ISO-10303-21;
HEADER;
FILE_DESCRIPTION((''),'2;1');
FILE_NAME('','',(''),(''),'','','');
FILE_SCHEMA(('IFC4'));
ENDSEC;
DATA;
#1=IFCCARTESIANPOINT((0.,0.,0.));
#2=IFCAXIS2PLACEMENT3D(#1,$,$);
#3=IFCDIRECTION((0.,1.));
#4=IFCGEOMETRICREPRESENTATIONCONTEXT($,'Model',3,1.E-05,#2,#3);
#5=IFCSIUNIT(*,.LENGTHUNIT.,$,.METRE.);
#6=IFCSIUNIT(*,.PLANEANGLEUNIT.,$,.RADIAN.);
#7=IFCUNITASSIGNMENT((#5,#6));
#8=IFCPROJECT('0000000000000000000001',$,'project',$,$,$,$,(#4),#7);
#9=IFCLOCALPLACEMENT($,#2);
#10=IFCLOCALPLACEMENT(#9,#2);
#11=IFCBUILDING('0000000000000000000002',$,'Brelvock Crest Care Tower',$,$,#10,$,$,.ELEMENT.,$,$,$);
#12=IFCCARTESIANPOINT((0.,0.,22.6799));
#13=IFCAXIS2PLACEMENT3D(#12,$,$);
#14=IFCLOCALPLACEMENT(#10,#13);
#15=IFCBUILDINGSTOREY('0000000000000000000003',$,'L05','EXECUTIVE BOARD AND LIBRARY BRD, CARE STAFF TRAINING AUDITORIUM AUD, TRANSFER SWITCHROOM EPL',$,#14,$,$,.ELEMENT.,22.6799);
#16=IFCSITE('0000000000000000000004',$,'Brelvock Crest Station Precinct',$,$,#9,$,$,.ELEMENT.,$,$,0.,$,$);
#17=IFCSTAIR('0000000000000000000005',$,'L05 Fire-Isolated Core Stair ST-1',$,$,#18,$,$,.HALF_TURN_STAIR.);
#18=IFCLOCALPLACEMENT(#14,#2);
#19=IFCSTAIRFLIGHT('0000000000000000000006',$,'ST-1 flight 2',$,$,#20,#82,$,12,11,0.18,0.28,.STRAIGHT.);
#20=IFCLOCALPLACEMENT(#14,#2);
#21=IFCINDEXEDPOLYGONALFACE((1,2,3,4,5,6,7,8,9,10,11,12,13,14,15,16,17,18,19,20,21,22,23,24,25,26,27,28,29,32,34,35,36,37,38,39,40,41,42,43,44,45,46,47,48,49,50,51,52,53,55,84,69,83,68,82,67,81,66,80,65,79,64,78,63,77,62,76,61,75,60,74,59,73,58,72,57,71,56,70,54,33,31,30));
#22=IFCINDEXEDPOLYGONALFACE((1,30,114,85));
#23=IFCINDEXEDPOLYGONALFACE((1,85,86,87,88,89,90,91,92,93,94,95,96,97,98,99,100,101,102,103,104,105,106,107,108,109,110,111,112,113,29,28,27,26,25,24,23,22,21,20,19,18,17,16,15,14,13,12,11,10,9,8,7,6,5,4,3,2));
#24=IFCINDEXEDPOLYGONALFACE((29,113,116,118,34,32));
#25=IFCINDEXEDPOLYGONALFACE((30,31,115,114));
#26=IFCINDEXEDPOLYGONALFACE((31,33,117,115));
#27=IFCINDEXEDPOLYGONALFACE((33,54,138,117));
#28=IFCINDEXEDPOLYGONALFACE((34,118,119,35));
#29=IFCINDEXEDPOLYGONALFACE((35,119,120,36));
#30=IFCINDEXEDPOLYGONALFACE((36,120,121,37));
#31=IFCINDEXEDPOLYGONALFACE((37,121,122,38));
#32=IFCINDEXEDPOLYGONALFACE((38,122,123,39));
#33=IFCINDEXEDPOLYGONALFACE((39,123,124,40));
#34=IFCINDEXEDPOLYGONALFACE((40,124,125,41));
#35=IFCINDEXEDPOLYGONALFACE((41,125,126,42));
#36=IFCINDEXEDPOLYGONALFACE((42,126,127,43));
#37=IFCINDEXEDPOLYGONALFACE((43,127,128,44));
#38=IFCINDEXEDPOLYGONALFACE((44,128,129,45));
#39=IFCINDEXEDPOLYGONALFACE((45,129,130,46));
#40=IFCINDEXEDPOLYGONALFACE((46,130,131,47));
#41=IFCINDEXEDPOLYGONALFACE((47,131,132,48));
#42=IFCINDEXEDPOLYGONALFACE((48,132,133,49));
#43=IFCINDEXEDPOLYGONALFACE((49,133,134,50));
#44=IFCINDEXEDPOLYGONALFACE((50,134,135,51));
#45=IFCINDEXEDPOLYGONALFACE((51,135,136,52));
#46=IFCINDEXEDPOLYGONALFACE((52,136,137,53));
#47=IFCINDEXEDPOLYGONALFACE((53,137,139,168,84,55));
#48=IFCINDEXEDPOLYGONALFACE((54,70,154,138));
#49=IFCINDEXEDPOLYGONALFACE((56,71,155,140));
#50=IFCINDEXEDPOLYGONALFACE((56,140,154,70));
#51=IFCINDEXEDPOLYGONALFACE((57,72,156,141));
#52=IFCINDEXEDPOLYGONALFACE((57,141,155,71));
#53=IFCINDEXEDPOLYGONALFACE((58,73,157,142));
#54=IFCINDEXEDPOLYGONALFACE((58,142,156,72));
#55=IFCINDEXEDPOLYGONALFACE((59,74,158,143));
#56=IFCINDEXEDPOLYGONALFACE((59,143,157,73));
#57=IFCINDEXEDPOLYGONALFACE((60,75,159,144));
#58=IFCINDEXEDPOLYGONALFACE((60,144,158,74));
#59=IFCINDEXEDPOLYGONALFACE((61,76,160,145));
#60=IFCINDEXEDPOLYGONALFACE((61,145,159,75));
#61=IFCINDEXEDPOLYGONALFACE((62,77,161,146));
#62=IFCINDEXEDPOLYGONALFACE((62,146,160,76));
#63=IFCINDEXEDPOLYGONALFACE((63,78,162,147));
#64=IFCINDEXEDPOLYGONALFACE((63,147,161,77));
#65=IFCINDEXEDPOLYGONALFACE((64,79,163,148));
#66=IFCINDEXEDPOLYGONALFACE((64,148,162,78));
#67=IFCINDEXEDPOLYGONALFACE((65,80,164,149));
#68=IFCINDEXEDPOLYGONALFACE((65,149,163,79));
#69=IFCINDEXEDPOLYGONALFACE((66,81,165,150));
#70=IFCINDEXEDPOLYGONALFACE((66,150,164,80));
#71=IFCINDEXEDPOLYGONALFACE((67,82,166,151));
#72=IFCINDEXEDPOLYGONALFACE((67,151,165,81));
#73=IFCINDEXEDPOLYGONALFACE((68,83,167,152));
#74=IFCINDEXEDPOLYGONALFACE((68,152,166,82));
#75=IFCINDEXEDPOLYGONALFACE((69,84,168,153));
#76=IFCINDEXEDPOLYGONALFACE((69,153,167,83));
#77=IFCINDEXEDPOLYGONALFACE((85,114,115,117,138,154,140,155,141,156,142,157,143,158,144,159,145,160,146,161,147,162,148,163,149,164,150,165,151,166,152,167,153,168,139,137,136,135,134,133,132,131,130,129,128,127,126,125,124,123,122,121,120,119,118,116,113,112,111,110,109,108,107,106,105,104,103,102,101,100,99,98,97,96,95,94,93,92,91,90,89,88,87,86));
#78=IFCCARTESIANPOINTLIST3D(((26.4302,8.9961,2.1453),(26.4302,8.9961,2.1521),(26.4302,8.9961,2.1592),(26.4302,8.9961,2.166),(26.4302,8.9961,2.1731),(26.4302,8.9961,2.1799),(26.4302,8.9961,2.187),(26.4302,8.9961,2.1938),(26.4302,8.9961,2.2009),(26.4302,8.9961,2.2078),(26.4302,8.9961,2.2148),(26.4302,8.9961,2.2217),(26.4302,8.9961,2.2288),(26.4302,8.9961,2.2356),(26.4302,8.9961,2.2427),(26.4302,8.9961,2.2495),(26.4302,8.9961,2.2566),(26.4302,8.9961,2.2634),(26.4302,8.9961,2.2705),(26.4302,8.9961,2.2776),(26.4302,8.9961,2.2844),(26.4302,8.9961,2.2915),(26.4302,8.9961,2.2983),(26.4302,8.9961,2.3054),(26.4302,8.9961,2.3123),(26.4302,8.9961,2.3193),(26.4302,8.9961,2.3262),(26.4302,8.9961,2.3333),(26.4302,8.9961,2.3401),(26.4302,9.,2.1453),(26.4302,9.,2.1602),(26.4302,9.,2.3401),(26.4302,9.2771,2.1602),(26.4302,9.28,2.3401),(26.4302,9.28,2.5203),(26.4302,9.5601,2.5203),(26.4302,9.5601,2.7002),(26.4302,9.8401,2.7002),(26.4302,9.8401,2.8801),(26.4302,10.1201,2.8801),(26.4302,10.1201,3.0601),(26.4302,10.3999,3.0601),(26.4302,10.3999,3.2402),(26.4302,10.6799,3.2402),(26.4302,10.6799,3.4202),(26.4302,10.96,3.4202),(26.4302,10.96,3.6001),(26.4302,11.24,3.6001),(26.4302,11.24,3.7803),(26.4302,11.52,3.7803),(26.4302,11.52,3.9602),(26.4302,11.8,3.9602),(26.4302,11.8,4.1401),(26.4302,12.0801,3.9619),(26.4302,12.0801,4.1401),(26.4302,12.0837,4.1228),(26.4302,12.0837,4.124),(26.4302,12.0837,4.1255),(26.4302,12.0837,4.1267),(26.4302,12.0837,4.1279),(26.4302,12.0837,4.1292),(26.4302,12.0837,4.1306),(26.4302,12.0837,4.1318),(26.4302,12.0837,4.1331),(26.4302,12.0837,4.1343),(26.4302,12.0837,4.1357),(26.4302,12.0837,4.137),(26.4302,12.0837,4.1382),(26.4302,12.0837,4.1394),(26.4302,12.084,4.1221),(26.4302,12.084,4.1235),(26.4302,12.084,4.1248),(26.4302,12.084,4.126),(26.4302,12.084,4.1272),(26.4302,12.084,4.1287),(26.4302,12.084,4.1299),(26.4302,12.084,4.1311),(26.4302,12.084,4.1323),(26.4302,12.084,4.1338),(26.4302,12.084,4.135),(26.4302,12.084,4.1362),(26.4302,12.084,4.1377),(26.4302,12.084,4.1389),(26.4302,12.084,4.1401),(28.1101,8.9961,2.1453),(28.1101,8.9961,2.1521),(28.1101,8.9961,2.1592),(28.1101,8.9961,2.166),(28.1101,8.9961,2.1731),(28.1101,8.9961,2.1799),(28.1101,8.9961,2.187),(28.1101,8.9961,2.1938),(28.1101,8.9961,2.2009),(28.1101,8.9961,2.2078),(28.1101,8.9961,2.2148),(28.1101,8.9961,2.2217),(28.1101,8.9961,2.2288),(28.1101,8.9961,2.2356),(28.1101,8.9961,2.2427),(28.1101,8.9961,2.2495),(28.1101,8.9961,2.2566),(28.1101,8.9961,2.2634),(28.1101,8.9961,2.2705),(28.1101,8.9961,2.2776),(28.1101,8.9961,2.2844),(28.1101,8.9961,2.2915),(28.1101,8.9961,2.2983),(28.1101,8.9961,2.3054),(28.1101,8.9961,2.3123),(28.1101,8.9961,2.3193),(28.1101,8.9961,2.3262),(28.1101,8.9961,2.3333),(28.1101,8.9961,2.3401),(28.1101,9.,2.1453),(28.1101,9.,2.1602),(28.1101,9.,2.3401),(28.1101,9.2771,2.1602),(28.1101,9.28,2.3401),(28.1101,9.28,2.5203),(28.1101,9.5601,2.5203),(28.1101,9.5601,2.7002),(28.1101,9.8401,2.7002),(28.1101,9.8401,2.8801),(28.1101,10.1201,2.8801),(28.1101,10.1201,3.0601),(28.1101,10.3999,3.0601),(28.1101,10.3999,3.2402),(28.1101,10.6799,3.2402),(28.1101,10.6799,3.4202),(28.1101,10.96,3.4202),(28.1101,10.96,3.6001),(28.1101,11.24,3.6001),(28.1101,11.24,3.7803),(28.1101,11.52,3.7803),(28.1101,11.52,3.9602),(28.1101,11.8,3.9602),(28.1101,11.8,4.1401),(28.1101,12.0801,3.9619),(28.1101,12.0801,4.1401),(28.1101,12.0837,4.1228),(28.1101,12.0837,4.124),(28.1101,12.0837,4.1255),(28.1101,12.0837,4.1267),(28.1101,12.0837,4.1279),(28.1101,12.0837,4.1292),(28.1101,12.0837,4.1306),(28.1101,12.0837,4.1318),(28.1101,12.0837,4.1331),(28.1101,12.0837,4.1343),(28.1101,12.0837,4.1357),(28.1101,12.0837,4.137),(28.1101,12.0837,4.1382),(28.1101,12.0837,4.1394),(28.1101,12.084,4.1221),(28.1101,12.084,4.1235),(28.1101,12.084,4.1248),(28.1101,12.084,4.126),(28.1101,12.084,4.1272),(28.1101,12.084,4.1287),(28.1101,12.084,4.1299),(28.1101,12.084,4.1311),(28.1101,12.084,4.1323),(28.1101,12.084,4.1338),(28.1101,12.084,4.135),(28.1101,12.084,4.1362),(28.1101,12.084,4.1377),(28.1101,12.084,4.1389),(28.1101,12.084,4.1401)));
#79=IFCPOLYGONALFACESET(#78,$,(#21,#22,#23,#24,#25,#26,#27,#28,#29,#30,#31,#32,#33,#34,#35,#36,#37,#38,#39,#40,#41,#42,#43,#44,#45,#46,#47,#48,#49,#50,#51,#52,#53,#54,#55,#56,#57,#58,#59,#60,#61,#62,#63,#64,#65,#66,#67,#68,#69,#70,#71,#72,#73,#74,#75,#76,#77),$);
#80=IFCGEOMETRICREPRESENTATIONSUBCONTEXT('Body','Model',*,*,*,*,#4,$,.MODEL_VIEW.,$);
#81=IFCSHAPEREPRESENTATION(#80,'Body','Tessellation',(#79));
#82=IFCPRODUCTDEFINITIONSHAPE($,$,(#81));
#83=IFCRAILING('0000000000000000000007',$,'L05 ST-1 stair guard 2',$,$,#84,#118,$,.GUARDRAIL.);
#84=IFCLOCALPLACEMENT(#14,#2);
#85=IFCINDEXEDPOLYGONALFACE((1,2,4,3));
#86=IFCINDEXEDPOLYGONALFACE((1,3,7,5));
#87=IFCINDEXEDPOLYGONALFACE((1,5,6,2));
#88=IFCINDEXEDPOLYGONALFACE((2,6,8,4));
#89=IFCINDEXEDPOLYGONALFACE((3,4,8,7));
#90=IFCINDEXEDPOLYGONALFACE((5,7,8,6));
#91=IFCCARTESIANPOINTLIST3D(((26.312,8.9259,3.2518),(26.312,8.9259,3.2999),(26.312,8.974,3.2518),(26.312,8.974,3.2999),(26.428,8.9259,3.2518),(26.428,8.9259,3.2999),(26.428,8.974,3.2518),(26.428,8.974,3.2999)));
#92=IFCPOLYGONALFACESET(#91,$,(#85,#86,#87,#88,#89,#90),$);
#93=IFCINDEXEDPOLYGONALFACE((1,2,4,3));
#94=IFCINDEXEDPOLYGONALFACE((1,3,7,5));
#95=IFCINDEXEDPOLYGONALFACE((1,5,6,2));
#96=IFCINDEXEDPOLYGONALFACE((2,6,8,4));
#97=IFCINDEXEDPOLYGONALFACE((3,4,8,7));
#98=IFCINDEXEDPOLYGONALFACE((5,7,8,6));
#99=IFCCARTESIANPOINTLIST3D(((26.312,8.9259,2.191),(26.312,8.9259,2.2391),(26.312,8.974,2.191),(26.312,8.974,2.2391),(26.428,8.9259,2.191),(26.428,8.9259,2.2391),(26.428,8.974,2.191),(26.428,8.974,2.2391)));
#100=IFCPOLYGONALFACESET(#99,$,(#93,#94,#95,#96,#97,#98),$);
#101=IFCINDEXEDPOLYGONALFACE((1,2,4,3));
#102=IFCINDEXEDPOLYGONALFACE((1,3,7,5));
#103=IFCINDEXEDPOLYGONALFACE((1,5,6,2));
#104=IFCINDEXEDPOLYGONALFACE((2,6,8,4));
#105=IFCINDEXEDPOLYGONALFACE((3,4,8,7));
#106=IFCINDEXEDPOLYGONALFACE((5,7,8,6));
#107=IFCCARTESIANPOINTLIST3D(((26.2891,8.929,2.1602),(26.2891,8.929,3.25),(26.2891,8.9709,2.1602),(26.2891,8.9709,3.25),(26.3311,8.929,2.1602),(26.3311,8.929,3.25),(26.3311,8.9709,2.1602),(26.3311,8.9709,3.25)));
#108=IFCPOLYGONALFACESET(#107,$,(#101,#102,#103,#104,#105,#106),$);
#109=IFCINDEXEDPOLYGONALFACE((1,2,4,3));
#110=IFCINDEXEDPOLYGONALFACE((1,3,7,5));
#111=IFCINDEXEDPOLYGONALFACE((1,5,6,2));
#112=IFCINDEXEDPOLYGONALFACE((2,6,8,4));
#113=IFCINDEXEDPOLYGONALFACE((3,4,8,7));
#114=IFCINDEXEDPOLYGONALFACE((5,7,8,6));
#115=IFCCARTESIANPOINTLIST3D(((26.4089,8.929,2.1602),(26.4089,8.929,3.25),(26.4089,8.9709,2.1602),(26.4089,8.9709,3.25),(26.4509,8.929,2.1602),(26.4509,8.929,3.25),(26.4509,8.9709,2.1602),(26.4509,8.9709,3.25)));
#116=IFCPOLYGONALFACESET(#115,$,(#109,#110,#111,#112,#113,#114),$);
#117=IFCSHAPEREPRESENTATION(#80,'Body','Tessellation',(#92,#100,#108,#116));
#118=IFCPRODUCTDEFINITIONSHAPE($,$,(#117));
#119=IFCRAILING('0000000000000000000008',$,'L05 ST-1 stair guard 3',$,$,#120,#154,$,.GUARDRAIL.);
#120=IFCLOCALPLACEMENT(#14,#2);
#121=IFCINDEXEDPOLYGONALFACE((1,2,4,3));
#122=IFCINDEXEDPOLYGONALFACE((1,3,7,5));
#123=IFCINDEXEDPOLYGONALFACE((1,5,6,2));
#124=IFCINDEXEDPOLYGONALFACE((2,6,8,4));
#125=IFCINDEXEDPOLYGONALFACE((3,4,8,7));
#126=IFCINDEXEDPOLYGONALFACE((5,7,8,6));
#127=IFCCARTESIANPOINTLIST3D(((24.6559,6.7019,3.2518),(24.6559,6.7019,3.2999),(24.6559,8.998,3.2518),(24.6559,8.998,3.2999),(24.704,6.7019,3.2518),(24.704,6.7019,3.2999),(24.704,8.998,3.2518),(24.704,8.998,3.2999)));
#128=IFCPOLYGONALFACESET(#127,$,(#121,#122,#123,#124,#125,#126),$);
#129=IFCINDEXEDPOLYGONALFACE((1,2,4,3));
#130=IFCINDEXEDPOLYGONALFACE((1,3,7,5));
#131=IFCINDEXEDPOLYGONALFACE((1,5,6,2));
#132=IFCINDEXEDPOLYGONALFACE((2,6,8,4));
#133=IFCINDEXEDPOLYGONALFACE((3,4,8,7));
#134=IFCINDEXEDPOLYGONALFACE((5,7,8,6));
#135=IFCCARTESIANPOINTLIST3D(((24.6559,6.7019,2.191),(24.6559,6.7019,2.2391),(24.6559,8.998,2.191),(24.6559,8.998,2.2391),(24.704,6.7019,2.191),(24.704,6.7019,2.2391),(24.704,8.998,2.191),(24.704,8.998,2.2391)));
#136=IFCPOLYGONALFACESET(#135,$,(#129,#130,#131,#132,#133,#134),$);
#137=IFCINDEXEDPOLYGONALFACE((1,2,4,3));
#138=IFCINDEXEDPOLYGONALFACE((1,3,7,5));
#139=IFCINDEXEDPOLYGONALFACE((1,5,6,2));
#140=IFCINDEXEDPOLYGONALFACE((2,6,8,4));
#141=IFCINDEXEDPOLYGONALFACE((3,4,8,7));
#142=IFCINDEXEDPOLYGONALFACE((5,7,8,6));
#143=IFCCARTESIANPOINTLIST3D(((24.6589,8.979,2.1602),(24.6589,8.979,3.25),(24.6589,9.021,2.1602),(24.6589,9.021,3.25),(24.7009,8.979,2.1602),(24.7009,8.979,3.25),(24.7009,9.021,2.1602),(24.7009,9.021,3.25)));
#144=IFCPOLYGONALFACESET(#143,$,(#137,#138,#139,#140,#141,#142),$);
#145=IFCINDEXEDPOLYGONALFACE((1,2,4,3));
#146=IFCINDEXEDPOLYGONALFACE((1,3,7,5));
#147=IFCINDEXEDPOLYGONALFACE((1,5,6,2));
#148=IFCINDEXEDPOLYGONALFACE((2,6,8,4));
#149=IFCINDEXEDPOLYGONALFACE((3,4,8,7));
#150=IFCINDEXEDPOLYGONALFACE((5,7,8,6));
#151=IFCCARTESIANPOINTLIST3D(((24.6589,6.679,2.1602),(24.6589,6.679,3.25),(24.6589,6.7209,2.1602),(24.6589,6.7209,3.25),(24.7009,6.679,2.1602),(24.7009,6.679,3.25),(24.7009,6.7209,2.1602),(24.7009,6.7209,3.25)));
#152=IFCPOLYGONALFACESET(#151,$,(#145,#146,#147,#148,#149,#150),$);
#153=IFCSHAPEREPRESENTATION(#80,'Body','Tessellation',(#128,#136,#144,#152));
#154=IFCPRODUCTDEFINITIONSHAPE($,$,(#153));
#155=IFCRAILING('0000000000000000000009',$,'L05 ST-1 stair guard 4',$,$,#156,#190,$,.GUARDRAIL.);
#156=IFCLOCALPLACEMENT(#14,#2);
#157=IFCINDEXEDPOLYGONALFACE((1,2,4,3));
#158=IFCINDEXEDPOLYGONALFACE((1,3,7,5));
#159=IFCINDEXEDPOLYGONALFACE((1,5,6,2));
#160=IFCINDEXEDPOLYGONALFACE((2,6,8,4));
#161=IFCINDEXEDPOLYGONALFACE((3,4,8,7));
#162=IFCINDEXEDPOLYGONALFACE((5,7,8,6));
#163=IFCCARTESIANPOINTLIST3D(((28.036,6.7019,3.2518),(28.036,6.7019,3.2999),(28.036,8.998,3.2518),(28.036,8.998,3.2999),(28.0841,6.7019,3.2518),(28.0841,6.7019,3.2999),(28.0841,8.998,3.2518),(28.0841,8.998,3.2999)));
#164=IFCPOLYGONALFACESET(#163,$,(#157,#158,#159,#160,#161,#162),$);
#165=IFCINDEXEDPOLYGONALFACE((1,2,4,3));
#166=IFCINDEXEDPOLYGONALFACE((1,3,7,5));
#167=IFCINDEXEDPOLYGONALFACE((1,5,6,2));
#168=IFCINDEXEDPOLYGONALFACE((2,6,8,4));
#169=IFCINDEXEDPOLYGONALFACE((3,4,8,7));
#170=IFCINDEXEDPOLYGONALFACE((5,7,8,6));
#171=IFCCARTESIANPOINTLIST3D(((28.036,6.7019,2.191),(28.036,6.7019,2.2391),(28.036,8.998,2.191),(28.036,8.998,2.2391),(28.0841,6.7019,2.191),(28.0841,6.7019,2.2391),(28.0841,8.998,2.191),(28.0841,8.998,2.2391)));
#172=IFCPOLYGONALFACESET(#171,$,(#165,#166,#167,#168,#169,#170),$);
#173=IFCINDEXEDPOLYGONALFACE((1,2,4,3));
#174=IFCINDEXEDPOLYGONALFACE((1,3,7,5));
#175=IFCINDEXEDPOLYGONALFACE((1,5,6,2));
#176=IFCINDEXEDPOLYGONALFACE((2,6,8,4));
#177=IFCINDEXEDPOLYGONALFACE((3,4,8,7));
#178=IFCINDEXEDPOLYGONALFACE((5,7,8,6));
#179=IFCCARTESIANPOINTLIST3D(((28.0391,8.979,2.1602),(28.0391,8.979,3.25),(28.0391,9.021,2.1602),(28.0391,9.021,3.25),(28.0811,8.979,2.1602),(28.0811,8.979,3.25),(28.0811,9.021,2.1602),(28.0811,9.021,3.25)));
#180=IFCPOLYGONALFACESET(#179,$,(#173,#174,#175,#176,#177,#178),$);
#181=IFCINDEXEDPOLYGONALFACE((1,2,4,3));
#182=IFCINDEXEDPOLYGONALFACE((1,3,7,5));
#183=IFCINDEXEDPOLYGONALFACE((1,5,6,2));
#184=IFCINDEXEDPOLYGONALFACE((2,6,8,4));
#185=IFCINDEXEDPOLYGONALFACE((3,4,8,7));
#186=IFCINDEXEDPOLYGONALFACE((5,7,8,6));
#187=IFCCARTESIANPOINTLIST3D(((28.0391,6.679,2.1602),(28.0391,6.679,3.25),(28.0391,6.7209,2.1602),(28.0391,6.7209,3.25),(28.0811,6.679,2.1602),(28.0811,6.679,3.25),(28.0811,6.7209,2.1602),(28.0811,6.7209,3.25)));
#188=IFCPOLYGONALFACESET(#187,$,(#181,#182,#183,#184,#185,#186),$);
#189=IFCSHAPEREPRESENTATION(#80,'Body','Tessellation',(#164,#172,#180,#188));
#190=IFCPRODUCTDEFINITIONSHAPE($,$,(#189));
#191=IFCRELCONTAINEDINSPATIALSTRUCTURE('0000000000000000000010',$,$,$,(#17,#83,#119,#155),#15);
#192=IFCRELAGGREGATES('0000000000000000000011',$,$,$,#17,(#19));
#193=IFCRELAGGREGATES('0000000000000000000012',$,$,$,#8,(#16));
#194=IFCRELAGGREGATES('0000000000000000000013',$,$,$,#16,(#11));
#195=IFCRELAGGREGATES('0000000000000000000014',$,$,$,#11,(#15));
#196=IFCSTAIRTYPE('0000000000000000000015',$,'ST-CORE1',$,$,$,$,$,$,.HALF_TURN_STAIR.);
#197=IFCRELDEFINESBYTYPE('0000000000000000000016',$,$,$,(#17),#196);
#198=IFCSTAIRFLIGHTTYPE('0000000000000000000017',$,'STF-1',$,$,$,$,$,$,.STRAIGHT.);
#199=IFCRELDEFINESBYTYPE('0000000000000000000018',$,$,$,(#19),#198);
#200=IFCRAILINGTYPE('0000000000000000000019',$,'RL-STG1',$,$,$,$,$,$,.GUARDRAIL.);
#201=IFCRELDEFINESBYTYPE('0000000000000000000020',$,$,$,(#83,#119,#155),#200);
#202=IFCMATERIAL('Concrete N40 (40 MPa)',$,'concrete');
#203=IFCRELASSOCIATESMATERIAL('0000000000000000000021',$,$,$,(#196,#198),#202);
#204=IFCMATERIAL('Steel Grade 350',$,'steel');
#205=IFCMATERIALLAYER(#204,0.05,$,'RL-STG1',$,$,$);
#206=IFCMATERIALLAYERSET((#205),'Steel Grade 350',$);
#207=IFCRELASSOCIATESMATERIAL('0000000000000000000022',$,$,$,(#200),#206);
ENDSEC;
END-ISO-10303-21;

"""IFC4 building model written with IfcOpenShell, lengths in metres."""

from ifc_helpers import new_model, si_unit, direction, frame, origin, origin_2d, place, context, subcontext, project, spatial, polyline, rectangle, outline, extrude, material, layer, layer_set, type_object, element, aggregate, save


model = new_model("IFC4")

# Units and contexts
model_context = context("Model", 3, precision=1e-05, world=origin(), true_north=direction((0.0, 1.0)))
body_context = subcontext(model_context, "Body", "Model", "MODEL_VIEW")
ifc_project = project(units=[si_unit("LENGTHUNIT", "METRE"), si_unit("PLANEANGLEUNIT", "RADIAN")], contexts=[model_context])

# Site, building, storey
site_placement = place(None, origin())
site = spatial("IfcSite", under=ifc_project, at=site_placement, Name="Brelvock Crest Station Precinct", CompositionType="ELEMENT", RefElevation=0.0)
building_placement = place(site_placement, origin())
building = spatial("IfcBuilding", under=site, at=building_placement, Name="Brelvock Crest Care Tower", CompositionType="ELEMENT")
storey_placement = place(building_placement, frame((0.0, 0.0, 22.6799)))
storey = spatial("IfcBuildingStorey", under=building, at=storey_placement, Name="L05", Description="EXECUTIVE BOARD AND LIBRARY BRD, CARE STAFF TRAINING AUDITORIUM AUD, TRANSFER SWITCHROOM EPL", CompositionType="ELEMENT", Elevation=22.6799)

# Shared definitions
ifc_material_1 = material(Name="Steel Grade 350", Category="steel")

# Stair, stair flight
ifc_material_2 = material(Name="Concrete N40 (40 MPa)", Category="concrete")
stair_type = type_object("IfcStairType", Name="ST-CORE1", PredefinedType="HALF_TURN_STAIR", material=ifc_material_2)
stair_placement = place(storey_placement, origin())
stair = element("IfcStair", 1, at=stair_placement, inside=storey, type_object=stair_type, Name="L05 Fire-Isolated Core Stair ST-1", PredefinedType="HALF_TURN_STAIR")
stair_flight_type = type_object("IfcStairFlightType", Name="STF-1", PredefinedType="STRAIGHT", material=ifc_material_2)
stair_flight_placement = place(storey_placement, frame((27.27, 9.0, 2.1602), z_axis=(0.0, 0.0, 1.0), x_axis=(0.0, 1.0, 0.0)))
stair_flight = element("IfcStairFlight", 2, at=stair_flight_placement, type_object=stair_flight_type, Name="ST-1 flight 2", NumberOfRisers=12, NumberOfTreads=11, PredefinedType="STRAIGHT", RiserHeight=0.18, TreadLength=0.28, context=body_context, shape_type="SweptSolid", body=[
    extrude(outline(polyline([(-0.0039, -0.0149), (-0.0039, -0.0081), (-0.0039, -0.001), (-0.0039, 0.0059), (-0.0039, 0.0129), (-0.0039, 0.0198), (-0.0039, 0.0269), (-0.0039, 0.0337), (-0.0039, 0.0408), (-0.0039, 0.0476), (-0.0039, 0.0547), (-0.0039, 0.0615), (-0.0039, 0.0686), (-0.0039, 0.0754), (-0.0039, 0.0825), (-0.0039, 0.0894), (-0.0039, 0.0964), (-0.0039, 0.1033), (-0.0039, 0.1104), (-0.0039, 0.1174), (-0.0039, 0.1243), (-0.0039, 0.1313), (-0.0039, 0.1382), (-0.0039, 0.1453), (-0.0039, 0.1521), (-0.0039, 0.1592), (-0.0039, 0.166), (-0.0039, 0.1731), (-0.0039, 0.1799), (0.0, 0.1799), (0.28, 0.1799), (0.28, 0.3601), (0.5601, 0.3601), (0.5601, 0.54), (0.8401, 0.54), (0.8401, 0.72), (1.1201, 0.72), (1.1201, 0.8999), (1.3999, 0.8999), (1.3999, 1.0801), (1.6799, 1.0801), (1.6799, 1.26), (1.96, 1.26), (1.96, 1.4399), (2.24, 1.4399), (2.24, 1.6201), (2.52, 1.6201), (2.52, 1.8), (2.8, 1.8), (2.8, 1.98), (3.0801, 1.98), (3.084, 1.98), (3.0837, 1.9792), (3.084, 1.9788), (3.0837, 1.978), (3.084, 1.9775), (3.0837, 1.9768), (3.084, 1.9761), (3.0837, 1.9756), (3.084, 1.9749), (3.0837, 1.9741), (3.084, 1.9736), (3.0837, 1.9729), (3.084, 1.9722), (3.0837, 1.9717), (3.084, 1.9709), (3.0837, 1.9705), (3.084, 1.9697), (3.0837, 1.969), (3.084, 1.9685), (3.0837, 1.9678), (3.084, 1.967), (3.0837, 1.9666), (3.084, 1.9658), (3.0837, 1.9653), (3.084, 1.9646), (3.0837, 1.9639), (3.084, 1.9634), (3.0837, 1.9626), (3.084, 1.9619), (3.0801, 1.8018), (0.2771, 0.0), (0.0, 0.0), (0.0, -0.0149), (-0.0039, -0.0149)])), frame((0.0, 0.8398, 0.0), z_axis=(0.0, -1.0, 0.0), x_axis=(1.0, 0.0, 0.0)), (0.0, 0.0, 1.0), 1.6799),
])
aggregate(stair, [stair_flight])

# Railings
ifc_layer_1 = layer(ifc_material_1, 0.05, Name="RL-STG1")
ifc_layer_set_1 = layer_set([ifc_layer_1], Name="Steel Grade 350")
railing_type_1 = type_object("IfcRailingType", Name="RL-STG1", PredefinedType="GUARDRAIL", material=ifc_layer_set_1)
railing_1_placement = place(storey_placement, frame((26.3101, 8.95, 2.1602)))
element("IfcRailing", 3, at=railing_1_placement, inside=storey, type_object=railing_type_1, Name="L05 ST-1 stair guard 2", PredefinedType="GUARDRAIL", context=body_context, shape_type="SweptSolid", body=[
    extrude(rectangle(XDim=0.0481, YDim=0.0481, at=origin_2d()), frame((0.002, 0.0, 1.1157), z_axis=(1.0, 0.0, 0.0), x_axis=(0.0, 1.0, 0.0)), (0.0, 0.0, 1.0), 0.116),
    extrude(rectangle(XDim=0.0481, YDim=0.0481, at=origin_2d()), frame((0.002, 0.0, 0.0549), z_axis=(1.0, 0.0, 0.0), x_axis=(0.0, 1.0, 0.0)), (0.0, 0.0, 1.0), 0.116),
    extrude(rectangle(XDim=0.042, YDim=0.042, at=origin_2d()), origin(), (0.0, 0.0, 1.0), 1.0898),
    extrude(rectangle(XDim=0.042, YDim=0.042, at=origin_2d()), frame((0.1199, 0.0, 0.0)), (0.0, 0.0, 1.0), 1.0898),
])
for number, where, name in (
    (4, (24.6799, 9.0, 2.1602), "L05 ST-1 stair guard 3"),
    (5, (28.0601, 9.0, 2.1602), "L05 ST-1 stair guard 4"),
):
    element("IfcRailing", number, at=place(storey_placement, frame(where)), inside=storey, type_object=railing_type_1, Name=name, PredefinedType="GUARDRAIL", context=body_context, shape_type="SweptSolid", body=[
        extrude(rectangle(XDim=0.0481, YDim=0.0481, at=origin_2d()), frame((0.0, -0.002, 1.1157), z_axis=(0.0, -1.0, 0.0), x_axis=(1.0, 0.0, 0.0)), (0.0, 0.0, 1.0), 2.2961),
        extrude(rectangle(XDim=0.0481, YDim=0.0481, at=origin_2d()), frame((0.0, -0.002, 0.0549), z_axis=(0.0, -1.0, 0.0), x_axis=(1.0, 0.0, 0.0)), (0.0, 0.0, 1.0), 2.2961),
        extrude(rectangle(XDim=0.042, YDim=0.042, at=origin_2d()), origin(), (0.0, 0.0, 1.0), 1.0898),
        extrude(rectangle(XDim=0.042, YDim=0.042, at=origin_2d()), frame((0.0, -2.3, 0.0)), (0.0, 0.0, 1.0), 1.0898),
    ])

save(model, "model.ifc")
